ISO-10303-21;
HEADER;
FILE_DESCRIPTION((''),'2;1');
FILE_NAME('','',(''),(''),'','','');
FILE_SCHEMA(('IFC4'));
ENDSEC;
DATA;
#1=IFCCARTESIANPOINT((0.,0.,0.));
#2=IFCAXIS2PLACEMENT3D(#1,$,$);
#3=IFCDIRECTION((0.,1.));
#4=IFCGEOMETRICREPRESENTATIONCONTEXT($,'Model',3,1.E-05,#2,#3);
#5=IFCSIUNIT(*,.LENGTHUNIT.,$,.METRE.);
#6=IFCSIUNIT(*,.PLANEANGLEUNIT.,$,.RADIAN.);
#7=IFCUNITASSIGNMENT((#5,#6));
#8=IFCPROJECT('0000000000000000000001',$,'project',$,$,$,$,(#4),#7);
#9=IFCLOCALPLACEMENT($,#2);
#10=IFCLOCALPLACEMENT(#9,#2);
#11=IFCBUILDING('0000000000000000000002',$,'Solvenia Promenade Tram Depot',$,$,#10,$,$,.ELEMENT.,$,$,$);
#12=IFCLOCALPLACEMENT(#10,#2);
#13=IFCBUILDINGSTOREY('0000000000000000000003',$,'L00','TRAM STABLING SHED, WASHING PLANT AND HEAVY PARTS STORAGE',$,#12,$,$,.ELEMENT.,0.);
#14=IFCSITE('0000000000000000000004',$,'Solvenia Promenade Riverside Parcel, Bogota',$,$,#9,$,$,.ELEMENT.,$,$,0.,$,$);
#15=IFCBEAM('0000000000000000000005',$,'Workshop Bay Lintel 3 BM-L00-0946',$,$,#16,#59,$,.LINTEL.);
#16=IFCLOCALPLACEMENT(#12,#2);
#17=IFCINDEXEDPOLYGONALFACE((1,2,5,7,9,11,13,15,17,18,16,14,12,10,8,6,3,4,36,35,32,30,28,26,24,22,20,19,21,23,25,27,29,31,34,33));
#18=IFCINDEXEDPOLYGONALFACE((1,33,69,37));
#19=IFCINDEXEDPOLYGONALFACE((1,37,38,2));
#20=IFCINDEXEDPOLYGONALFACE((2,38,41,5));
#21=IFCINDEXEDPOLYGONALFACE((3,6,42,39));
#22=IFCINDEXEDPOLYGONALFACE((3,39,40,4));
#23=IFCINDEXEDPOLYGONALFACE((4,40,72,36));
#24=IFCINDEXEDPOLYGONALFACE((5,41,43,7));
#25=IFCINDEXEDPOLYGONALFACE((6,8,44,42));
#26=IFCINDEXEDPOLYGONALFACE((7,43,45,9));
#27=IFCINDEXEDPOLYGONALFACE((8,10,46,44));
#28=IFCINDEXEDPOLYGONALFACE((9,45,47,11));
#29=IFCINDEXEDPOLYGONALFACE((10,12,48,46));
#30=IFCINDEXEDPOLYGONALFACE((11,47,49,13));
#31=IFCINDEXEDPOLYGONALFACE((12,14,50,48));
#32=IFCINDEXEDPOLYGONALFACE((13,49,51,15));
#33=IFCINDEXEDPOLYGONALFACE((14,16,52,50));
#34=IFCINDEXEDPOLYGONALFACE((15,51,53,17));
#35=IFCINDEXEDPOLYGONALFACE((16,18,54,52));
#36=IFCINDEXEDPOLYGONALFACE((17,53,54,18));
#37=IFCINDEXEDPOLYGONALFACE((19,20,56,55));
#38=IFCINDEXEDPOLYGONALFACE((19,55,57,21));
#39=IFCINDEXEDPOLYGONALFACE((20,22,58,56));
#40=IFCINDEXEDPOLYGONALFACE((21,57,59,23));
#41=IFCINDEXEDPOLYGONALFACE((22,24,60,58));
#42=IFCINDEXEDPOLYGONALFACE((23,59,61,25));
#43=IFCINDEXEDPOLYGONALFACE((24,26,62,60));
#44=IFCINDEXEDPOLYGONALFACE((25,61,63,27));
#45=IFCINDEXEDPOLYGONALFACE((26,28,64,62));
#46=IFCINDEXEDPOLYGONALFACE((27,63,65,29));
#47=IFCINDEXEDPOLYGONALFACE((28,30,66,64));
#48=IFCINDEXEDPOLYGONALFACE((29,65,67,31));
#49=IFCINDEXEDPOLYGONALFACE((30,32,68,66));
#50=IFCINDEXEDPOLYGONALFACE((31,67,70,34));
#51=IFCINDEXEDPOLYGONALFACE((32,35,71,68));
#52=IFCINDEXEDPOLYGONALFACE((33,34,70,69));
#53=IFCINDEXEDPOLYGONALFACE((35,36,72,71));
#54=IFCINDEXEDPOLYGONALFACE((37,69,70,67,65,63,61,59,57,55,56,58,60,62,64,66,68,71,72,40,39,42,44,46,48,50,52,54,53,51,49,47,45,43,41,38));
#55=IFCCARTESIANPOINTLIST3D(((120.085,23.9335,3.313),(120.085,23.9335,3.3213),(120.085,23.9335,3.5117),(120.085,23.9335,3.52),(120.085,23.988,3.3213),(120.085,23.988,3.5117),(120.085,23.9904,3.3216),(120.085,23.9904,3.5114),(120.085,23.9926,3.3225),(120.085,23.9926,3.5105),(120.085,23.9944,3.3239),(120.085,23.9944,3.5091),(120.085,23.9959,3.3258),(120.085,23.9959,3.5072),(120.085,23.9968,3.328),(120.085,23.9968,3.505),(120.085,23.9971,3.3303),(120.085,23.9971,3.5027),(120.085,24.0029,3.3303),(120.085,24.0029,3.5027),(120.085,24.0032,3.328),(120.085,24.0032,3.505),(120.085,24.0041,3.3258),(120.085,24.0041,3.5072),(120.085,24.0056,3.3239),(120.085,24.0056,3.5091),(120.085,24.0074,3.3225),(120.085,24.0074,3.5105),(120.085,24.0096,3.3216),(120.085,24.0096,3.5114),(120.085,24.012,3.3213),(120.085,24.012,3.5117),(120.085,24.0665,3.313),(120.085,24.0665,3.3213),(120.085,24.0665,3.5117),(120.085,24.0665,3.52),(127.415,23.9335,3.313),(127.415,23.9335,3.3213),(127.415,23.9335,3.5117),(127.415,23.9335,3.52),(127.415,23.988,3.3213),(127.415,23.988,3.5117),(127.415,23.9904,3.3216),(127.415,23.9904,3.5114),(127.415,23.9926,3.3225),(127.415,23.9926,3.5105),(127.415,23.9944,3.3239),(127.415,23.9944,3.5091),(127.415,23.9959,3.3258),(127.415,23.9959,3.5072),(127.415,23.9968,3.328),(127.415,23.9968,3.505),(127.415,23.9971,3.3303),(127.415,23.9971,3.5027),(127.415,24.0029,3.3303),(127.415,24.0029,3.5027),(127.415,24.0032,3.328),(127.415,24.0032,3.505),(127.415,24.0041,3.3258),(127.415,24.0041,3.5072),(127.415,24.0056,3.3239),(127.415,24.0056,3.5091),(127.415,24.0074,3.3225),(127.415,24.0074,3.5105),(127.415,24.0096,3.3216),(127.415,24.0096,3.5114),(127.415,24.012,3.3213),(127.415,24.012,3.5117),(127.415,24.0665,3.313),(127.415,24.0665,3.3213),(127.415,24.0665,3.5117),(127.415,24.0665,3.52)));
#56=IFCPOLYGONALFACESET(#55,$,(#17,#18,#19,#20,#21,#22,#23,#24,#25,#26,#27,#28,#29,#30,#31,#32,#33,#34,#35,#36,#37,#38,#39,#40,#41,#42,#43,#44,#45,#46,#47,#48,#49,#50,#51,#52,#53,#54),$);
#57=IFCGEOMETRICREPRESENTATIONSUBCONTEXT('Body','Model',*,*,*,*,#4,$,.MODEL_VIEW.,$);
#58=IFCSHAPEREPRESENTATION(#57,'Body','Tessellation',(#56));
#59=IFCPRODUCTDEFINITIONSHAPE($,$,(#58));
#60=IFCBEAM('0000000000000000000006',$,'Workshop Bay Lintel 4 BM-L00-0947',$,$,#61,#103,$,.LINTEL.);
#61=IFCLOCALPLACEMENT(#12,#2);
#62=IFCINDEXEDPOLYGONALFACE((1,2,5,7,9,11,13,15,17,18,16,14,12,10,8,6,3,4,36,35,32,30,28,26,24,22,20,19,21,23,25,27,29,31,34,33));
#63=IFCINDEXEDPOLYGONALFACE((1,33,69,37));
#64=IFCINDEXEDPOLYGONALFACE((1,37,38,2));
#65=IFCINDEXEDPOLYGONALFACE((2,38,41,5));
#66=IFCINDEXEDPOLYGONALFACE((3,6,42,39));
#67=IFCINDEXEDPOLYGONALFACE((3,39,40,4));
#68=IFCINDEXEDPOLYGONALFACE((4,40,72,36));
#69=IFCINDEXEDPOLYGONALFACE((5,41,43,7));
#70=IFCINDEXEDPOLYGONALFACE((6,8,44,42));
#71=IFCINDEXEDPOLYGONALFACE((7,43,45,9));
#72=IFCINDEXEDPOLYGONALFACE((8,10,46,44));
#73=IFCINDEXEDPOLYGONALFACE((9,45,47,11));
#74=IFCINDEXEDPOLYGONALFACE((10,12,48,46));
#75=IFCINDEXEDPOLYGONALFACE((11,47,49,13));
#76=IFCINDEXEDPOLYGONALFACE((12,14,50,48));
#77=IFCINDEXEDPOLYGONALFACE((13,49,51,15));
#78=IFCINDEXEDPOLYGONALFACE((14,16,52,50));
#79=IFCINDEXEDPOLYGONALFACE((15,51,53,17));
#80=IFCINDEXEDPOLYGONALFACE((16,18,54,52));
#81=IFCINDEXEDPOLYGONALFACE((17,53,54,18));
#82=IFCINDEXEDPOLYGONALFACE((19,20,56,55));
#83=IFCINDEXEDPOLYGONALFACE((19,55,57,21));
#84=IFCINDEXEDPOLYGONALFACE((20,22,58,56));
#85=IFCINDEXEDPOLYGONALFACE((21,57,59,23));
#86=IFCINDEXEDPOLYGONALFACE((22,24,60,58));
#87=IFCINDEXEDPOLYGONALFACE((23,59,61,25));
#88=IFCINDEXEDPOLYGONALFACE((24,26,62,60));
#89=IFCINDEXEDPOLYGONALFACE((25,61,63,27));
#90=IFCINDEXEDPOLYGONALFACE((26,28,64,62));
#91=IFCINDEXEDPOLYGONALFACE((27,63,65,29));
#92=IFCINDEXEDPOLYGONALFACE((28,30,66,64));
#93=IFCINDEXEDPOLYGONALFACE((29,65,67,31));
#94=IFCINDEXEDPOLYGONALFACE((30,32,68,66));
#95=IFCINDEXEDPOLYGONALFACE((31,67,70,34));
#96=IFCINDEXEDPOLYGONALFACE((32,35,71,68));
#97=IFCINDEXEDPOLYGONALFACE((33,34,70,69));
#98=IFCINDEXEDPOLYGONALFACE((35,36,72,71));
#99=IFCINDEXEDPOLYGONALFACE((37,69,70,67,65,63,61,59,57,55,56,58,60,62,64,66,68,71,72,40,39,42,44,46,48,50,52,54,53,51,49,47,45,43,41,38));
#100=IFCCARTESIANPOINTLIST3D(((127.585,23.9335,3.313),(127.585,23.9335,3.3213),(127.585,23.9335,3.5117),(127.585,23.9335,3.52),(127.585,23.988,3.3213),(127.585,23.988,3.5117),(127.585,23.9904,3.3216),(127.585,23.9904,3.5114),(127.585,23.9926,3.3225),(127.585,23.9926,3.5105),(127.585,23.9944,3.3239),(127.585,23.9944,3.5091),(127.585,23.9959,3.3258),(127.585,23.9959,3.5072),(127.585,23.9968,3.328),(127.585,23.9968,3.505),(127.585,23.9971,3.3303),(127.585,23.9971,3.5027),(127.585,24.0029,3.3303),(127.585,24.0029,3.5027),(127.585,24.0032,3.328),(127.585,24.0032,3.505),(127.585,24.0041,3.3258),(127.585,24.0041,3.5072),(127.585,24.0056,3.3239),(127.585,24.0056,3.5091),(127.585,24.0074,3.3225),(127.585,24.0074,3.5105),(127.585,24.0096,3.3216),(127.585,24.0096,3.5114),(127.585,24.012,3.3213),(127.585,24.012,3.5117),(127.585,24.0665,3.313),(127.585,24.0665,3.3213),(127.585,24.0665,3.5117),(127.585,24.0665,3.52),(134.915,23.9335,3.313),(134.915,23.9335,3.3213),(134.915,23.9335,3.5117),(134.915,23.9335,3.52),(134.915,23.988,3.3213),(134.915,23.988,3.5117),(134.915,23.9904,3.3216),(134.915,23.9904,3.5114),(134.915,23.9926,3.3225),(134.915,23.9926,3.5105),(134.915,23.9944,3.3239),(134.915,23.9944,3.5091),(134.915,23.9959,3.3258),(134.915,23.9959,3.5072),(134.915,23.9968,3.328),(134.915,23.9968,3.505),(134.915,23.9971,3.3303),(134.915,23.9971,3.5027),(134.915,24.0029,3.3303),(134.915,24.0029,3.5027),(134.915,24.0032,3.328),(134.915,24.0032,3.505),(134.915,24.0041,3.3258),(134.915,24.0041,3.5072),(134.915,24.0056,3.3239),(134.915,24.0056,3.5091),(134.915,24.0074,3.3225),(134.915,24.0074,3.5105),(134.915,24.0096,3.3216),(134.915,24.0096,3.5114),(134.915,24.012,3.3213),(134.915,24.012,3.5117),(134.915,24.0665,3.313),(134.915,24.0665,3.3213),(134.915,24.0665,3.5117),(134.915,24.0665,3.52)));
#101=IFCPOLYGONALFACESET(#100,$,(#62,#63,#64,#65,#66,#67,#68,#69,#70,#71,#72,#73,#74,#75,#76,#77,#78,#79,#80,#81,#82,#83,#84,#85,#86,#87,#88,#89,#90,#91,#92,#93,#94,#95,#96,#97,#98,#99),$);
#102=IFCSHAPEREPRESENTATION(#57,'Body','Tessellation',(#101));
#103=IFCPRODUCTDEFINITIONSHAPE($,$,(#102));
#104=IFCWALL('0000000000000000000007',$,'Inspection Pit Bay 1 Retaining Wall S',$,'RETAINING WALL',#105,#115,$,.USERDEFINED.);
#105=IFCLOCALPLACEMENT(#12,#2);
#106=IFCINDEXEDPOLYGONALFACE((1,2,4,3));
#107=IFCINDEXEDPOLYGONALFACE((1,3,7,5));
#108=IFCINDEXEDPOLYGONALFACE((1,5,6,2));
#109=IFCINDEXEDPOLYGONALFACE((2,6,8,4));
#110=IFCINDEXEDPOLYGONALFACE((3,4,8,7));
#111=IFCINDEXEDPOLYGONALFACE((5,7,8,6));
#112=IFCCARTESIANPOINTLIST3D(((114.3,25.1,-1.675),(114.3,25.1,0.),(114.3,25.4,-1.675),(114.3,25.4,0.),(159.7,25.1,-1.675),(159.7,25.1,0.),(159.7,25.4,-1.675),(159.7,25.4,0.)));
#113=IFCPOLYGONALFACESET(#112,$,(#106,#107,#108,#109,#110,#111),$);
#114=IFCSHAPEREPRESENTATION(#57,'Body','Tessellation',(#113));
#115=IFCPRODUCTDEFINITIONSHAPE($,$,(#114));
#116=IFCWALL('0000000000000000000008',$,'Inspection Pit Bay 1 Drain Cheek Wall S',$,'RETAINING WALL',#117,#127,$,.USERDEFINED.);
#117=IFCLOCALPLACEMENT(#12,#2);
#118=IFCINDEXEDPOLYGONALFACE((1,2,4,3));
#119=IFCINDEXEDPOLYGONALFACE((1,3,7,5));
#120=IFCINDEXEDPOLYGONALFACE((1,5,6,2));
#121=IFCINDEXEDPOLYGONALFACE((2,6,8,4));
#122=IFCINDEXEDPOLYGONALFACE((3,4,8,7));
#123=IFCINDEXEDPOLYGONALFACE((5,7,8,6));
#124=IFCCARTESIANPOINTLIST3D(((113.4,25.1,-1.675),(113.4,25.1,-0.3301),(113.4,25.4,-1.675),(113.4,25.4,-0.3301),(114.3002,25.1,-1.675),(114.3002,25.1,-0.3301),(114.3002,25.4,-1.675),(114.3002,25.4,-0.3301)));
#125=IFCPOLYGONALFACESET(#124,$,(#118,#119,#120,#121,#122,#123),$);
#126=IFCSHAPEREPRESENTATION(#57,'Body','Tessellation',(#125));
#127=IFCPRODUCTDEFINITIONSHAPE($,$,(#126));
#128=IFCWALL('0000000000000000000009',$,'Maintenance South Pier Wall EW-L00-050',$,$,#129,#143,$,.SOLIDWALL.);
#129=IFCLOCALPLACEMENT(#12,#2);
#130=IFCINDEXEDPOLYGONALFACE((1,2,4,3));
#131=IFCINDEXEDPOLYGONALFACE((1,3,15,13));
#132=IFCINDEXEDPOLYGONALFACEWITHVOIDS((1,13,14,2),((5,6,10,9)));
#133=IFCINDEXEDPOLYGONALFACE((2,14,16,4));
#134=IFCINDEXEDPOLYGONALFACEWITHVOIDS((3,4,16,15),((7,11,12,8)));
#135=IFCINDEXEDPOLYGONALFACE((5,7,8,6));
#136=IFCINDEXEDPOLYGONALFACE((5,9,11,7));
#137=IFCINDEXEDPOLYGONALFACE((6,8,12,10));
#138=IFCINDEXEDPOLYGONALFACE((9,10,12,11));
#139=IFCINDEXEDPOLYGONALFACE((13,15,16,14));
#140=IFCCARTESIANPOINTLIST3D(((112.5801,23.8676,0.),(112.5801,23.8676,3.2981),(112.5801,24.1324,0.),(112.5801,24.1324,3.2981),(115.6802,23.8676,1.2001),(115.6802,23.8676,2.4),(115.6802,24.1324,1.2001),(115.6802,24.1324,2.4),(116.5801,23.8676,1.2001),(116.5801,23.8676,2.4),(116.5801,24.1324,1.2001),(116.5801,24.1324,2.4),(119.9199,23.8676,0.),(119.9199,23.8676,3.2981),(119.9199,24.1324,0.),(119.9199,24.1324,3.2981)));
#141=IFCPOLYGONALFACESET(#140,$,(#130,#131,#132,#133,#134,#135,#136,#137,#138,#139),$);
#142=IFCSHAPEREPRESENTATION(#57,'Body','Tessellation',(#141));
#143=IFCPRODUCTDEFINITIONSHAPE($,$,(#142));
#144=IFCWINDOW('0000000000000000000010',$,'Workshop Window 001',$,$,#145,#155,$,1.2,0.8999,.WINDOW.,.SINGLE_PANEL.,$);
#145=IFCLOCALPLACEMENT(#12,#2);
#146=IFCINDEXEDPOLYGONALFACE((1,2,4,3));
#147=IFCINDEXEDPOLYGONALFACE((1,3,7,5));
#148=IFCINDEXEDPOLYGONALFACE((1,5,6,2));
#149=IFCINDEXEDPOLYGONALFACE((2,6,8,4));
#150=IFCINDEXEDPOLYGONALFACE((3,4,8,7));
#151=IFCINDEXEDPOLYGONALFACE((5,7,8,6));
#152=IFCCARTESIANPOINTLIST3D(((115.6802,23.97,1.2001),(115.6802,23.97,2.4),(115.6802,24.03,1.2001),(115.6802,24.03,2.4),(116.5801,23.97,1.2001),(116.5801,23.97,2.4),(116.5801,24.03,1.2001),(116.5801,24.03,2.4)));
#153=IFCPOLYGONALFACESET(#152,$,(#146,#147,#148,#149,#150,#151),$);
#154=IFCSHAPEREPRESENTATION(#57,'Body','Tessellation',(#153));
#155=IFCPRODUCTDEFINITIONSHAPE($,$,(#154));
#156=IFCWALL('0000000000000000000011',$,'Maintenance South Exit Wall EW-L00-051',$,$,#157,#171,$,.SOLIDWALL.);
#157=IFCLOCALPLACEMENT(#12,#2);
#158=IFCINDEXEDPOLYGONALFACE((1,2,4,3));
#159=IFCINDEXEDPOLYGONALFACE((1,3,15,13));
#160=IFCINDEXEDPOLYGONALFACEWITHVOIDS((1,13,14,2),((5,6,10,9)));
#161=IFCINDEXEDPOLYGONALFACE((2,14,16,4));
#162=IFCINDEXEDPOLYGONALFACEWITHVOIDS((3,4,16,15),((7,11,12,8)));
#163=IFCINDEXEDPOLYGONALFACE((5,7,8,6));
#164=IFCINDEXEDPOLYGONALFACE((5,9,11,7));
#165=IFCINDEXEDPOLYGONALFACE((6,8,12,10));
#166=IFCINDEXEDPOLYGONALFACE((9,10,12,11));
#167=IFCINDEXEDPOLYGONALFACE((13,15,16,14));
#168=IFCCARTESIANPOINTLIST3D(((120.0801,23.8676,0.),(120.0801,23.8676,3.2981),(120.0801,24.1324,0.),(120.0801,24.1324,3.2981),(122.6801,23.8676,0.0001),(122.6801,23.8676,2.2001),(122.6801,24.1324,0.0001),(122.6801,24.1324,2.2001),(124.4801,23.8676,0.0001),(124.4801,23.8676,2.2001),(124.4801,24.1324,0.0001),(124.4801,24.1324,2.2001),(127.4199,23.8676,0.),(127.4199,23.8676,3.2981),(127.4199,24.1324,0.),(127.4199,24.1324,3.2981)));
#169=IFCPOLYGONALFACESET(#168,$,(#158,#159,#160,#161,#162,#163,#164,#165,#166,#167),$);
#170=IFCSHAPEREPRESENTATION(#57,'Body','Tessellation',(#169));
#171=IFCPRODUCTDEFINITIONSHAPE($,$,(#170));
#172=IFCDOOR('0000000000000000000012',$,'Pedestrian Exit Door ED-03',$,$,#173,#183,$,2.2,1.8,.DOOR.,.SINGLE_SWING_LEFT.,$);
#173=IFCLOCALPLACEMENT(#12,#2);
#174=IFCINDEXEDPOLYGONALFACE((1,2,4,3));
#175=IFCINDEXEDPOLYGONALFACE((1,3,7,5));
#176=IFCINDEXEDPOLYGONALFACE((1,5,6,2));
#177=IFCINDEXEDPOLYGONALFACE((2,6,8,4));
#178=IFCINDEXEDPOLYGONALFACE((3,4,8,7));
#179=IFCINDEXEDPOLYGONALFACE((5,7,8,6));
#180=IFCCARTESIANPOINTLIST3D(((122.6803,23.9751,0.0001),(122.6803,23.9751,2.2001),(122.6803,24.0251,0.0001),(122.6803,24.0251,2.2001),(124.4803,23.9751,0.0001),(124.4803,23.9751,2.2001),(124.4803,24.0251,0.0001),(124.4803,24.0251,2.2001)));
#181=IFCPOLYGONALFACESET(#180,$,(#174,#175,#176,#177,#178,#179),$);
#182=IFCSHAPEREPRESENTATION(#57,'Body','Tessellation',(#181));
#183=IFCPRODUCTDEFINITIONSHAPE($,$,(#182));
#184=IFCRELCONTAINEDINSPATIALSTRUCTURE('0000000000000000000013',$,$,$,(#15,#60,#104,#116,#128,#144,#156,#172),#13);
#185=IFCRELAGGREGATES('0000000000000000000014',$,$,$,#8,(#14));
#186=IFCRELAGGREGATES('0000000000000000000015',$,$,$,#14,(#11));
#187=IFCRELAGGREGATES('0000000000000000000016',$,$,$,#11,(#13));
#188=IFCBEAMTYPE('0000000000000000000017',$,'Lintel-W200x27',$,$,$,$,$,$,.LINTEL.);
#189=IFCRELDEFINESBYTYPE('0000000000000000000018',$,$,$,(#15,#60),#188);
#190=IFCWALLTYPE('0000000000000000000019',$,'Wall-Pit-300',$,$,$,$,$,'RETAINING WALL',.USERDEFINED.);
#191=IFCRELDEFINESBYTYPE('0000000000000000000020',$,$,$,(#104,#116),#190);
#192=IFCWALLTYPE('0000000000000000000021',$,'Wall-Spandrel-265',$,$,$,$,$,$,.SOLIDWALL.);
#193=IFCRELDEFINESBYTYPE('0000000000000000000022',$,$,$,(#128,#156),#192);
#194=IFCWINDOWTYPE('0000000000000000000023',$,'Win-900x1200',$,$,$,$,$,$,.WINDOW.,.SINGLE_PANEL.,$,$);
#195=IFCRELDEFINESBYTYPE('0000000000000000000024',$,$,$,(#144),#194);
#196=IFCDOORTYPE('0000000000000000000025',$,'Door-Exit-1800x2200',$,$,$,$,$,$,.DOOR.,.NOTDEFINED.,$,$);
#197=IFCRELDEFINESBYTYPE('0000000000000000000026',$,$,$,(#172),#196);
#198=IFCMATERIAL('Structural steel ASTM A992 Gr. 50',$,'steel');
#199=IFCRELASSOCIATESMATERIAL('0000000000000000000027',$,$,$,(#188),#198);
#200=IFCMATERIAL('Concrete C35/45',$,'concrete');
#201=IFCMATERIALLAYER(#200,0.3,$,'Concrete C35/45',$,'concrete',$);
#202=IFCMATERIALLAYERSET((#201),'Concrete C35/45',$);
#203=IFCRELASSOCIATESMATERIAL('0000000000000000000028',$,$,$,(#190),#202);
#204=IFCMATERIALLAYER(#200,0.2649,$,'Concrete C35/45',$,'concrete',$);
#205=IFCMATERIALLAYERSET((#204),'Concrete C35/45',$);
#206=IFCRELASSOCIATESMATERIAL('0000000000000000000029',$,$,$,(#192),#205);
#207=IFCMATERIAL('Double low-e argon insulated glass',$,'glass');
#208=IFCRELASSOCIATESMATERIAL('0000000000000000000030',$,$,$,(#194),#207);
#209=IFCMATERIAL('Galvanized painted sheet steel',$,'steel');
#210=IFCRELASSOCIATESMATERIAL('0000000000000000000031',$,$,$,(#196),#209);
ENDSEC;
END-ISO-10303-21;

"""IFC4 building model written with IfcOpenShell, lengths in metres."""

from ifc_helpers import new_model, si_unit, direction, frame, frame_2d, origin, origin_2d, place, context, subcontext, project, spatial, rectangle, i_section, extrude, material, layer, layer_set, material_profile, profile_set, type_object, element, fill, save


model = new_model("IFC4")

# Units and contexts
model_context = context("Model", 3, precision=1e-05, world=origin(), true_north=direction((0.0, 1.0)))
body_context = subcontext(model_context, "Body", "Model", "MODEL_VIEW")
ifc_project = project(units=[si_unit("LENGTHUNIT", "METRE"), si_unit("PLANEANGLEUNIT", "RADIAN")], contexts=[model_context])

# Site, building, storey
site_placement = place(None, origin())
site = spatial("IfcSite", under=ifc_project, at=site_placement, Name="Solvenia Promenade Riverside Parcel, Bogota", CompositionType="ELEMENT", RefElevation=0.0)
building_placement = place(site_placement, origin())
building = spatial("IfcBuilding", under=site, at=building_placement, Name="Solvenia Promenade Tram Depot", CompositionType="ELEMENT")
storey_placement = place(building_placement, origin())
storey = spatial("IfcBuildingStorey", under=building, at=storey_placement, Name="L00", Description="TRAM STABLING SHED, WASHING PLANT AND HEAVY PARTS STORAGE", CompositionType="ELEMENT", Elevation=0.0)

# Shared definitions
ifc_material_1 = material(Name="Structural steel ASTM A992 Gr. 50", Category="steel")

# Beams
ifc_material_profile_1 = material_profile(ifc_material_1, i_section(OverallWidth=0.1331, OverallDepth=0.207, WebThickness=0.0059, FlangeThickness=0.0083, FilletRadius=0.009, at=origin_2d()), Name="W200x27", Category="steel")
ifc_profile_set_1 = profile_set([ifc_material_profile_1], Name="Structural steel ASTM A992 Gr. 50")
beam_type = type_object("IfcBeamType", Name="Lintel-W200x27", PredefinedType="LINTEL", material=ifc_profile_set_1)
for number, where, z_axis, x_axis, name in (
    (1, (120.085, 24.0, 3.4165), (1.0, 0.0, 0.0), (0.0, 1.0, 0.0), "Workshop Bay Lintel 3 BM-L00-0946"),
    (2, (127.585, 24.0, 3.4165), (1.0, 0.0, 0.0), (0.0, 1.0, 0.0), "Workshop Bay Lintel 4 BM-L00-0947"),
):
    element("IfcBeam", number, at=place(storey_placement, frame(where, z_axis=z_axis, x_axis=x_axis)), inside=storey, type_object=beam_type, Name=name, PredefinedType="LINTEL", context=body_context, shape_type="SweptSolid", body=[
        extrude(i_section(OverallWidth=0.1331, OverallDepth=0.207, WebThickness=0.0059, FlangeThickness=0.0083, FilletRadius=0.009, at=origin_2d()), origin(), (0.0, 0.0, 1.0), 7.3301),
    ])

# Walls
ifc_material_2 = material(Name="Concrete C35/45", Category="concrete")
ifc_layer_1 = layer(ifc_material_2, 0.3, Name="Concrete C35/45", Category="concrete")
ifc_layer_set_1 = layer_set([ifc_layer_1], Name="Concrete C35/45")
wall_type_1 = type_object("IfcWallType", Name="Wall-Pit-300", ElementType="RETAINING WALL", PredefinedType="USERDEFINED", material=ifc_layer_set_1)
wall_1_placement = place(storey_placement, frame((114.3, 25.25, -1.675), z_axis=(0.0, 0.0, 1.0), x_axis=(1.0, 0.0, 0.0)))
element("IfcWall", 3, at=wall_1_placement, inside=storey, type_object=wall_type_1, Name="Inspection Pit Bay 1 Retaining Wall S", ObjectType="RETAINING WALL", PredefinedType="USERDEFINED", context=body_context, shape_type="SweptSolid", body=[
    extrude(rectangle(XDim=45.3999, YDim=0.3, at=frame_2d((22.7, 0.0))), origin(), (0.0, 0.0, 1.0), 1.675),
])
wall_2_placement = place(storey_placement, frame((113.3999, 25.25, -1.675), z_axis=(0.0, 0.0, 1.0), x_axis=(1.0, 0.0, 0.0)))
element("IfcWall", 4, at=wall_2_placement, inside=storey, type_object=wall_type_1, Name="Inspection Pit Bay 1 Drain Cheek Wall S", ObjectType="RETAINING WALL", PredefinedType="USERDEFINED", context=body_context, shape_type="SweptSolid", body=[
    extrude(rectangle(XDim=0.9001, YDim=0.3, at=frame_2d((0.4502, 0.0))), origin(), (0.0, 0.0, 1.0), 1.345),
])

# Wall, opening, window
ifc_layer_2 = layer(ifc_material_2, 0.2649, Name="Concrete C35/45", Category="concrete")
ifc_layer_set_2 = layer_set([ifc_layer_2], Name="Concrete C35/45")
wall_type_2 = type_object("IfcWallType", Name="Wall-Spandrel-265", PredefinedType="SOLIDWALL", material=ifc_layer_set_2)
wall_3_placement = place(storey_placement, frame((112.5801, 24.0, 0.0), z_axis=(0.0, 0.0, 1.0), x_axis=(1.0, 0.0, 0.0)))
wall_3 = element("IfcWall", 5, at=wall_3_placement, inside=storey, type_object=wall_type_2, Name="Maintenance South Pier Wall EW-L00-050", PredefinedType="SOLIDWALL", context=body_context, shape_type="SweptSolid", body=[
    extrude(rectangle(XDim=7.3398, YDim=0.2649, at=frame_2d((3.6699, 0.0))), origin(), (0.0, 0.0, 1.0), 3.2981),
])
opening_1_placement = place(wall_3_placement, frame((3.1001, 0.0, 1.2)))
opening_1 = element("IfcOpeningElement", 6, at=opening_1_placement, cuts=wall_3, PredefinedType="OPENING", context=body_context, shape_type="SweptSolid", body=[
    extrude(rectangle(XDim=0.8999, YDim=1.2, at=frame_2d((0.45, 0.6001))), frame((0.0, 0.1423, 0.0), z_axis=(0.0, -1.0, 0.0), x_axis=(1.0, 0.0, 0.0)), (0.0, 0.0, 1.0), 0.2849),
])
ifc_material_3 = material(Name="Double low-e argon insulated glass", Category="glass")
window_type_1 = type_object("IfcWindowType", Name="Win-900x1200", PartitioningType="SINGLE_PANEL", PredefinedType="WINDOW", material=ifc_material_3)
window_1_placement = place(opening_1_placement, origin())
window_1 = element("IfcWindow", 7, at=window_1_placement, inside=storey, type_object=window_type_1, Name="Workshop Window 001", OverallHeight=1.2, OverallWidth=0.8999, PartitioningType="SINGLE_PANEL", PredefinedType="WINDOW", context=body_context, shape_type="SweptSolid", body=[
    extrude(rectangle(XDim=0.8999, YDim=1.2, at=frame_2d((0.45, 0.6001))), frame((0.0, 0.03, 0.0), z_axis=(0.0, -1.0, 0.0), x_axis=(1.0, 0.0, 0.0)), (0.0, 0.0, 1.0), 0.0601),
])
fill(opening_1, window_1)

# Wall, opening, door
wall_4_placement = place(storey_placement, frame((120.0801, 24.0, 0.0), z_axis=(0.0, 0.0, 1.0), x_axis=(1.0, 0.0, 0.0)))
wall_4 = element("IfcWall", 8, at=wall_4_placement, inside=storey, type_object=wall_type_2, Name="Maintenance South Exit Wall EW-L00-051", PredefinedType="SOLIDWALL", context=body_context, shape_type="SweptSolid", body=[
    extrude(rectangle(XDim=7.3398, YDim=0.2649, at=frame_2d((3.6699, 0.0))), origin(), (0.0, 0.0, 1.0), 3.2981),
])
opening_2_placement = place(wall_4_placement, frame((2.6001, 0.0, 0.0)))
opening_2 = element("IfcOpeningElement", 9, at=opening_2_placement, cuts=wall_4, PredefinedType="OPENING", context=body_context, shape_type="SweptSolid", body=[
    extrude(rectangle(XDim=1.8, YDim=2.2, at=frame_2d((0.8999, 1.1001))), frame((0.0, 0.1423, 0.0), z_axis=(0.0, -1.0, 0.0), x_axis=(1.0, 0.0, 0.0)), (0.0, 0.0, 1.0), 0.2849),
])
ifc_material_4 = material(Name="Galvanized painted sheet steel", Category="steel")
door_type = type_object("IfcDoorType", Name="Door-Exit-1800x2200", OperationType="NOTDEFINED", PredefinedType="DOOR", material=ifc_material_4)
door_placement = place(opening_2_placement, frame((1.8, 0.0, 0.0), z_axis=(0.0, 0.0, 1.0), x_axis=(-1.0, 0.0, 0.0)))
door = element("IfcDoor", 10, at=door_placement, inside=storey, type_object=door_type, Name="Pedestrian Exit Door ED-03", OperationType="SINGLE_SWING_LEFT", OverallHeight=2.2, OverallWidth=1.8, PredefinedType="DOOR", context=body_context, shape_type="SweptSolid", body=[
    extrude(rectangle(XDim=1.8, YDim=2.2, at=frame_2d((0.8999, 1.1001))), frame((0.0, 0.0249, 0.0), z_axis=(0.0, -1.0, 0.0), x_axis=(1.0, 0.0, 0.0)), (0.0, 0.0, 1.0), 0.05),
])
fill(opening_2, door)

save(model, "model.ifc")
